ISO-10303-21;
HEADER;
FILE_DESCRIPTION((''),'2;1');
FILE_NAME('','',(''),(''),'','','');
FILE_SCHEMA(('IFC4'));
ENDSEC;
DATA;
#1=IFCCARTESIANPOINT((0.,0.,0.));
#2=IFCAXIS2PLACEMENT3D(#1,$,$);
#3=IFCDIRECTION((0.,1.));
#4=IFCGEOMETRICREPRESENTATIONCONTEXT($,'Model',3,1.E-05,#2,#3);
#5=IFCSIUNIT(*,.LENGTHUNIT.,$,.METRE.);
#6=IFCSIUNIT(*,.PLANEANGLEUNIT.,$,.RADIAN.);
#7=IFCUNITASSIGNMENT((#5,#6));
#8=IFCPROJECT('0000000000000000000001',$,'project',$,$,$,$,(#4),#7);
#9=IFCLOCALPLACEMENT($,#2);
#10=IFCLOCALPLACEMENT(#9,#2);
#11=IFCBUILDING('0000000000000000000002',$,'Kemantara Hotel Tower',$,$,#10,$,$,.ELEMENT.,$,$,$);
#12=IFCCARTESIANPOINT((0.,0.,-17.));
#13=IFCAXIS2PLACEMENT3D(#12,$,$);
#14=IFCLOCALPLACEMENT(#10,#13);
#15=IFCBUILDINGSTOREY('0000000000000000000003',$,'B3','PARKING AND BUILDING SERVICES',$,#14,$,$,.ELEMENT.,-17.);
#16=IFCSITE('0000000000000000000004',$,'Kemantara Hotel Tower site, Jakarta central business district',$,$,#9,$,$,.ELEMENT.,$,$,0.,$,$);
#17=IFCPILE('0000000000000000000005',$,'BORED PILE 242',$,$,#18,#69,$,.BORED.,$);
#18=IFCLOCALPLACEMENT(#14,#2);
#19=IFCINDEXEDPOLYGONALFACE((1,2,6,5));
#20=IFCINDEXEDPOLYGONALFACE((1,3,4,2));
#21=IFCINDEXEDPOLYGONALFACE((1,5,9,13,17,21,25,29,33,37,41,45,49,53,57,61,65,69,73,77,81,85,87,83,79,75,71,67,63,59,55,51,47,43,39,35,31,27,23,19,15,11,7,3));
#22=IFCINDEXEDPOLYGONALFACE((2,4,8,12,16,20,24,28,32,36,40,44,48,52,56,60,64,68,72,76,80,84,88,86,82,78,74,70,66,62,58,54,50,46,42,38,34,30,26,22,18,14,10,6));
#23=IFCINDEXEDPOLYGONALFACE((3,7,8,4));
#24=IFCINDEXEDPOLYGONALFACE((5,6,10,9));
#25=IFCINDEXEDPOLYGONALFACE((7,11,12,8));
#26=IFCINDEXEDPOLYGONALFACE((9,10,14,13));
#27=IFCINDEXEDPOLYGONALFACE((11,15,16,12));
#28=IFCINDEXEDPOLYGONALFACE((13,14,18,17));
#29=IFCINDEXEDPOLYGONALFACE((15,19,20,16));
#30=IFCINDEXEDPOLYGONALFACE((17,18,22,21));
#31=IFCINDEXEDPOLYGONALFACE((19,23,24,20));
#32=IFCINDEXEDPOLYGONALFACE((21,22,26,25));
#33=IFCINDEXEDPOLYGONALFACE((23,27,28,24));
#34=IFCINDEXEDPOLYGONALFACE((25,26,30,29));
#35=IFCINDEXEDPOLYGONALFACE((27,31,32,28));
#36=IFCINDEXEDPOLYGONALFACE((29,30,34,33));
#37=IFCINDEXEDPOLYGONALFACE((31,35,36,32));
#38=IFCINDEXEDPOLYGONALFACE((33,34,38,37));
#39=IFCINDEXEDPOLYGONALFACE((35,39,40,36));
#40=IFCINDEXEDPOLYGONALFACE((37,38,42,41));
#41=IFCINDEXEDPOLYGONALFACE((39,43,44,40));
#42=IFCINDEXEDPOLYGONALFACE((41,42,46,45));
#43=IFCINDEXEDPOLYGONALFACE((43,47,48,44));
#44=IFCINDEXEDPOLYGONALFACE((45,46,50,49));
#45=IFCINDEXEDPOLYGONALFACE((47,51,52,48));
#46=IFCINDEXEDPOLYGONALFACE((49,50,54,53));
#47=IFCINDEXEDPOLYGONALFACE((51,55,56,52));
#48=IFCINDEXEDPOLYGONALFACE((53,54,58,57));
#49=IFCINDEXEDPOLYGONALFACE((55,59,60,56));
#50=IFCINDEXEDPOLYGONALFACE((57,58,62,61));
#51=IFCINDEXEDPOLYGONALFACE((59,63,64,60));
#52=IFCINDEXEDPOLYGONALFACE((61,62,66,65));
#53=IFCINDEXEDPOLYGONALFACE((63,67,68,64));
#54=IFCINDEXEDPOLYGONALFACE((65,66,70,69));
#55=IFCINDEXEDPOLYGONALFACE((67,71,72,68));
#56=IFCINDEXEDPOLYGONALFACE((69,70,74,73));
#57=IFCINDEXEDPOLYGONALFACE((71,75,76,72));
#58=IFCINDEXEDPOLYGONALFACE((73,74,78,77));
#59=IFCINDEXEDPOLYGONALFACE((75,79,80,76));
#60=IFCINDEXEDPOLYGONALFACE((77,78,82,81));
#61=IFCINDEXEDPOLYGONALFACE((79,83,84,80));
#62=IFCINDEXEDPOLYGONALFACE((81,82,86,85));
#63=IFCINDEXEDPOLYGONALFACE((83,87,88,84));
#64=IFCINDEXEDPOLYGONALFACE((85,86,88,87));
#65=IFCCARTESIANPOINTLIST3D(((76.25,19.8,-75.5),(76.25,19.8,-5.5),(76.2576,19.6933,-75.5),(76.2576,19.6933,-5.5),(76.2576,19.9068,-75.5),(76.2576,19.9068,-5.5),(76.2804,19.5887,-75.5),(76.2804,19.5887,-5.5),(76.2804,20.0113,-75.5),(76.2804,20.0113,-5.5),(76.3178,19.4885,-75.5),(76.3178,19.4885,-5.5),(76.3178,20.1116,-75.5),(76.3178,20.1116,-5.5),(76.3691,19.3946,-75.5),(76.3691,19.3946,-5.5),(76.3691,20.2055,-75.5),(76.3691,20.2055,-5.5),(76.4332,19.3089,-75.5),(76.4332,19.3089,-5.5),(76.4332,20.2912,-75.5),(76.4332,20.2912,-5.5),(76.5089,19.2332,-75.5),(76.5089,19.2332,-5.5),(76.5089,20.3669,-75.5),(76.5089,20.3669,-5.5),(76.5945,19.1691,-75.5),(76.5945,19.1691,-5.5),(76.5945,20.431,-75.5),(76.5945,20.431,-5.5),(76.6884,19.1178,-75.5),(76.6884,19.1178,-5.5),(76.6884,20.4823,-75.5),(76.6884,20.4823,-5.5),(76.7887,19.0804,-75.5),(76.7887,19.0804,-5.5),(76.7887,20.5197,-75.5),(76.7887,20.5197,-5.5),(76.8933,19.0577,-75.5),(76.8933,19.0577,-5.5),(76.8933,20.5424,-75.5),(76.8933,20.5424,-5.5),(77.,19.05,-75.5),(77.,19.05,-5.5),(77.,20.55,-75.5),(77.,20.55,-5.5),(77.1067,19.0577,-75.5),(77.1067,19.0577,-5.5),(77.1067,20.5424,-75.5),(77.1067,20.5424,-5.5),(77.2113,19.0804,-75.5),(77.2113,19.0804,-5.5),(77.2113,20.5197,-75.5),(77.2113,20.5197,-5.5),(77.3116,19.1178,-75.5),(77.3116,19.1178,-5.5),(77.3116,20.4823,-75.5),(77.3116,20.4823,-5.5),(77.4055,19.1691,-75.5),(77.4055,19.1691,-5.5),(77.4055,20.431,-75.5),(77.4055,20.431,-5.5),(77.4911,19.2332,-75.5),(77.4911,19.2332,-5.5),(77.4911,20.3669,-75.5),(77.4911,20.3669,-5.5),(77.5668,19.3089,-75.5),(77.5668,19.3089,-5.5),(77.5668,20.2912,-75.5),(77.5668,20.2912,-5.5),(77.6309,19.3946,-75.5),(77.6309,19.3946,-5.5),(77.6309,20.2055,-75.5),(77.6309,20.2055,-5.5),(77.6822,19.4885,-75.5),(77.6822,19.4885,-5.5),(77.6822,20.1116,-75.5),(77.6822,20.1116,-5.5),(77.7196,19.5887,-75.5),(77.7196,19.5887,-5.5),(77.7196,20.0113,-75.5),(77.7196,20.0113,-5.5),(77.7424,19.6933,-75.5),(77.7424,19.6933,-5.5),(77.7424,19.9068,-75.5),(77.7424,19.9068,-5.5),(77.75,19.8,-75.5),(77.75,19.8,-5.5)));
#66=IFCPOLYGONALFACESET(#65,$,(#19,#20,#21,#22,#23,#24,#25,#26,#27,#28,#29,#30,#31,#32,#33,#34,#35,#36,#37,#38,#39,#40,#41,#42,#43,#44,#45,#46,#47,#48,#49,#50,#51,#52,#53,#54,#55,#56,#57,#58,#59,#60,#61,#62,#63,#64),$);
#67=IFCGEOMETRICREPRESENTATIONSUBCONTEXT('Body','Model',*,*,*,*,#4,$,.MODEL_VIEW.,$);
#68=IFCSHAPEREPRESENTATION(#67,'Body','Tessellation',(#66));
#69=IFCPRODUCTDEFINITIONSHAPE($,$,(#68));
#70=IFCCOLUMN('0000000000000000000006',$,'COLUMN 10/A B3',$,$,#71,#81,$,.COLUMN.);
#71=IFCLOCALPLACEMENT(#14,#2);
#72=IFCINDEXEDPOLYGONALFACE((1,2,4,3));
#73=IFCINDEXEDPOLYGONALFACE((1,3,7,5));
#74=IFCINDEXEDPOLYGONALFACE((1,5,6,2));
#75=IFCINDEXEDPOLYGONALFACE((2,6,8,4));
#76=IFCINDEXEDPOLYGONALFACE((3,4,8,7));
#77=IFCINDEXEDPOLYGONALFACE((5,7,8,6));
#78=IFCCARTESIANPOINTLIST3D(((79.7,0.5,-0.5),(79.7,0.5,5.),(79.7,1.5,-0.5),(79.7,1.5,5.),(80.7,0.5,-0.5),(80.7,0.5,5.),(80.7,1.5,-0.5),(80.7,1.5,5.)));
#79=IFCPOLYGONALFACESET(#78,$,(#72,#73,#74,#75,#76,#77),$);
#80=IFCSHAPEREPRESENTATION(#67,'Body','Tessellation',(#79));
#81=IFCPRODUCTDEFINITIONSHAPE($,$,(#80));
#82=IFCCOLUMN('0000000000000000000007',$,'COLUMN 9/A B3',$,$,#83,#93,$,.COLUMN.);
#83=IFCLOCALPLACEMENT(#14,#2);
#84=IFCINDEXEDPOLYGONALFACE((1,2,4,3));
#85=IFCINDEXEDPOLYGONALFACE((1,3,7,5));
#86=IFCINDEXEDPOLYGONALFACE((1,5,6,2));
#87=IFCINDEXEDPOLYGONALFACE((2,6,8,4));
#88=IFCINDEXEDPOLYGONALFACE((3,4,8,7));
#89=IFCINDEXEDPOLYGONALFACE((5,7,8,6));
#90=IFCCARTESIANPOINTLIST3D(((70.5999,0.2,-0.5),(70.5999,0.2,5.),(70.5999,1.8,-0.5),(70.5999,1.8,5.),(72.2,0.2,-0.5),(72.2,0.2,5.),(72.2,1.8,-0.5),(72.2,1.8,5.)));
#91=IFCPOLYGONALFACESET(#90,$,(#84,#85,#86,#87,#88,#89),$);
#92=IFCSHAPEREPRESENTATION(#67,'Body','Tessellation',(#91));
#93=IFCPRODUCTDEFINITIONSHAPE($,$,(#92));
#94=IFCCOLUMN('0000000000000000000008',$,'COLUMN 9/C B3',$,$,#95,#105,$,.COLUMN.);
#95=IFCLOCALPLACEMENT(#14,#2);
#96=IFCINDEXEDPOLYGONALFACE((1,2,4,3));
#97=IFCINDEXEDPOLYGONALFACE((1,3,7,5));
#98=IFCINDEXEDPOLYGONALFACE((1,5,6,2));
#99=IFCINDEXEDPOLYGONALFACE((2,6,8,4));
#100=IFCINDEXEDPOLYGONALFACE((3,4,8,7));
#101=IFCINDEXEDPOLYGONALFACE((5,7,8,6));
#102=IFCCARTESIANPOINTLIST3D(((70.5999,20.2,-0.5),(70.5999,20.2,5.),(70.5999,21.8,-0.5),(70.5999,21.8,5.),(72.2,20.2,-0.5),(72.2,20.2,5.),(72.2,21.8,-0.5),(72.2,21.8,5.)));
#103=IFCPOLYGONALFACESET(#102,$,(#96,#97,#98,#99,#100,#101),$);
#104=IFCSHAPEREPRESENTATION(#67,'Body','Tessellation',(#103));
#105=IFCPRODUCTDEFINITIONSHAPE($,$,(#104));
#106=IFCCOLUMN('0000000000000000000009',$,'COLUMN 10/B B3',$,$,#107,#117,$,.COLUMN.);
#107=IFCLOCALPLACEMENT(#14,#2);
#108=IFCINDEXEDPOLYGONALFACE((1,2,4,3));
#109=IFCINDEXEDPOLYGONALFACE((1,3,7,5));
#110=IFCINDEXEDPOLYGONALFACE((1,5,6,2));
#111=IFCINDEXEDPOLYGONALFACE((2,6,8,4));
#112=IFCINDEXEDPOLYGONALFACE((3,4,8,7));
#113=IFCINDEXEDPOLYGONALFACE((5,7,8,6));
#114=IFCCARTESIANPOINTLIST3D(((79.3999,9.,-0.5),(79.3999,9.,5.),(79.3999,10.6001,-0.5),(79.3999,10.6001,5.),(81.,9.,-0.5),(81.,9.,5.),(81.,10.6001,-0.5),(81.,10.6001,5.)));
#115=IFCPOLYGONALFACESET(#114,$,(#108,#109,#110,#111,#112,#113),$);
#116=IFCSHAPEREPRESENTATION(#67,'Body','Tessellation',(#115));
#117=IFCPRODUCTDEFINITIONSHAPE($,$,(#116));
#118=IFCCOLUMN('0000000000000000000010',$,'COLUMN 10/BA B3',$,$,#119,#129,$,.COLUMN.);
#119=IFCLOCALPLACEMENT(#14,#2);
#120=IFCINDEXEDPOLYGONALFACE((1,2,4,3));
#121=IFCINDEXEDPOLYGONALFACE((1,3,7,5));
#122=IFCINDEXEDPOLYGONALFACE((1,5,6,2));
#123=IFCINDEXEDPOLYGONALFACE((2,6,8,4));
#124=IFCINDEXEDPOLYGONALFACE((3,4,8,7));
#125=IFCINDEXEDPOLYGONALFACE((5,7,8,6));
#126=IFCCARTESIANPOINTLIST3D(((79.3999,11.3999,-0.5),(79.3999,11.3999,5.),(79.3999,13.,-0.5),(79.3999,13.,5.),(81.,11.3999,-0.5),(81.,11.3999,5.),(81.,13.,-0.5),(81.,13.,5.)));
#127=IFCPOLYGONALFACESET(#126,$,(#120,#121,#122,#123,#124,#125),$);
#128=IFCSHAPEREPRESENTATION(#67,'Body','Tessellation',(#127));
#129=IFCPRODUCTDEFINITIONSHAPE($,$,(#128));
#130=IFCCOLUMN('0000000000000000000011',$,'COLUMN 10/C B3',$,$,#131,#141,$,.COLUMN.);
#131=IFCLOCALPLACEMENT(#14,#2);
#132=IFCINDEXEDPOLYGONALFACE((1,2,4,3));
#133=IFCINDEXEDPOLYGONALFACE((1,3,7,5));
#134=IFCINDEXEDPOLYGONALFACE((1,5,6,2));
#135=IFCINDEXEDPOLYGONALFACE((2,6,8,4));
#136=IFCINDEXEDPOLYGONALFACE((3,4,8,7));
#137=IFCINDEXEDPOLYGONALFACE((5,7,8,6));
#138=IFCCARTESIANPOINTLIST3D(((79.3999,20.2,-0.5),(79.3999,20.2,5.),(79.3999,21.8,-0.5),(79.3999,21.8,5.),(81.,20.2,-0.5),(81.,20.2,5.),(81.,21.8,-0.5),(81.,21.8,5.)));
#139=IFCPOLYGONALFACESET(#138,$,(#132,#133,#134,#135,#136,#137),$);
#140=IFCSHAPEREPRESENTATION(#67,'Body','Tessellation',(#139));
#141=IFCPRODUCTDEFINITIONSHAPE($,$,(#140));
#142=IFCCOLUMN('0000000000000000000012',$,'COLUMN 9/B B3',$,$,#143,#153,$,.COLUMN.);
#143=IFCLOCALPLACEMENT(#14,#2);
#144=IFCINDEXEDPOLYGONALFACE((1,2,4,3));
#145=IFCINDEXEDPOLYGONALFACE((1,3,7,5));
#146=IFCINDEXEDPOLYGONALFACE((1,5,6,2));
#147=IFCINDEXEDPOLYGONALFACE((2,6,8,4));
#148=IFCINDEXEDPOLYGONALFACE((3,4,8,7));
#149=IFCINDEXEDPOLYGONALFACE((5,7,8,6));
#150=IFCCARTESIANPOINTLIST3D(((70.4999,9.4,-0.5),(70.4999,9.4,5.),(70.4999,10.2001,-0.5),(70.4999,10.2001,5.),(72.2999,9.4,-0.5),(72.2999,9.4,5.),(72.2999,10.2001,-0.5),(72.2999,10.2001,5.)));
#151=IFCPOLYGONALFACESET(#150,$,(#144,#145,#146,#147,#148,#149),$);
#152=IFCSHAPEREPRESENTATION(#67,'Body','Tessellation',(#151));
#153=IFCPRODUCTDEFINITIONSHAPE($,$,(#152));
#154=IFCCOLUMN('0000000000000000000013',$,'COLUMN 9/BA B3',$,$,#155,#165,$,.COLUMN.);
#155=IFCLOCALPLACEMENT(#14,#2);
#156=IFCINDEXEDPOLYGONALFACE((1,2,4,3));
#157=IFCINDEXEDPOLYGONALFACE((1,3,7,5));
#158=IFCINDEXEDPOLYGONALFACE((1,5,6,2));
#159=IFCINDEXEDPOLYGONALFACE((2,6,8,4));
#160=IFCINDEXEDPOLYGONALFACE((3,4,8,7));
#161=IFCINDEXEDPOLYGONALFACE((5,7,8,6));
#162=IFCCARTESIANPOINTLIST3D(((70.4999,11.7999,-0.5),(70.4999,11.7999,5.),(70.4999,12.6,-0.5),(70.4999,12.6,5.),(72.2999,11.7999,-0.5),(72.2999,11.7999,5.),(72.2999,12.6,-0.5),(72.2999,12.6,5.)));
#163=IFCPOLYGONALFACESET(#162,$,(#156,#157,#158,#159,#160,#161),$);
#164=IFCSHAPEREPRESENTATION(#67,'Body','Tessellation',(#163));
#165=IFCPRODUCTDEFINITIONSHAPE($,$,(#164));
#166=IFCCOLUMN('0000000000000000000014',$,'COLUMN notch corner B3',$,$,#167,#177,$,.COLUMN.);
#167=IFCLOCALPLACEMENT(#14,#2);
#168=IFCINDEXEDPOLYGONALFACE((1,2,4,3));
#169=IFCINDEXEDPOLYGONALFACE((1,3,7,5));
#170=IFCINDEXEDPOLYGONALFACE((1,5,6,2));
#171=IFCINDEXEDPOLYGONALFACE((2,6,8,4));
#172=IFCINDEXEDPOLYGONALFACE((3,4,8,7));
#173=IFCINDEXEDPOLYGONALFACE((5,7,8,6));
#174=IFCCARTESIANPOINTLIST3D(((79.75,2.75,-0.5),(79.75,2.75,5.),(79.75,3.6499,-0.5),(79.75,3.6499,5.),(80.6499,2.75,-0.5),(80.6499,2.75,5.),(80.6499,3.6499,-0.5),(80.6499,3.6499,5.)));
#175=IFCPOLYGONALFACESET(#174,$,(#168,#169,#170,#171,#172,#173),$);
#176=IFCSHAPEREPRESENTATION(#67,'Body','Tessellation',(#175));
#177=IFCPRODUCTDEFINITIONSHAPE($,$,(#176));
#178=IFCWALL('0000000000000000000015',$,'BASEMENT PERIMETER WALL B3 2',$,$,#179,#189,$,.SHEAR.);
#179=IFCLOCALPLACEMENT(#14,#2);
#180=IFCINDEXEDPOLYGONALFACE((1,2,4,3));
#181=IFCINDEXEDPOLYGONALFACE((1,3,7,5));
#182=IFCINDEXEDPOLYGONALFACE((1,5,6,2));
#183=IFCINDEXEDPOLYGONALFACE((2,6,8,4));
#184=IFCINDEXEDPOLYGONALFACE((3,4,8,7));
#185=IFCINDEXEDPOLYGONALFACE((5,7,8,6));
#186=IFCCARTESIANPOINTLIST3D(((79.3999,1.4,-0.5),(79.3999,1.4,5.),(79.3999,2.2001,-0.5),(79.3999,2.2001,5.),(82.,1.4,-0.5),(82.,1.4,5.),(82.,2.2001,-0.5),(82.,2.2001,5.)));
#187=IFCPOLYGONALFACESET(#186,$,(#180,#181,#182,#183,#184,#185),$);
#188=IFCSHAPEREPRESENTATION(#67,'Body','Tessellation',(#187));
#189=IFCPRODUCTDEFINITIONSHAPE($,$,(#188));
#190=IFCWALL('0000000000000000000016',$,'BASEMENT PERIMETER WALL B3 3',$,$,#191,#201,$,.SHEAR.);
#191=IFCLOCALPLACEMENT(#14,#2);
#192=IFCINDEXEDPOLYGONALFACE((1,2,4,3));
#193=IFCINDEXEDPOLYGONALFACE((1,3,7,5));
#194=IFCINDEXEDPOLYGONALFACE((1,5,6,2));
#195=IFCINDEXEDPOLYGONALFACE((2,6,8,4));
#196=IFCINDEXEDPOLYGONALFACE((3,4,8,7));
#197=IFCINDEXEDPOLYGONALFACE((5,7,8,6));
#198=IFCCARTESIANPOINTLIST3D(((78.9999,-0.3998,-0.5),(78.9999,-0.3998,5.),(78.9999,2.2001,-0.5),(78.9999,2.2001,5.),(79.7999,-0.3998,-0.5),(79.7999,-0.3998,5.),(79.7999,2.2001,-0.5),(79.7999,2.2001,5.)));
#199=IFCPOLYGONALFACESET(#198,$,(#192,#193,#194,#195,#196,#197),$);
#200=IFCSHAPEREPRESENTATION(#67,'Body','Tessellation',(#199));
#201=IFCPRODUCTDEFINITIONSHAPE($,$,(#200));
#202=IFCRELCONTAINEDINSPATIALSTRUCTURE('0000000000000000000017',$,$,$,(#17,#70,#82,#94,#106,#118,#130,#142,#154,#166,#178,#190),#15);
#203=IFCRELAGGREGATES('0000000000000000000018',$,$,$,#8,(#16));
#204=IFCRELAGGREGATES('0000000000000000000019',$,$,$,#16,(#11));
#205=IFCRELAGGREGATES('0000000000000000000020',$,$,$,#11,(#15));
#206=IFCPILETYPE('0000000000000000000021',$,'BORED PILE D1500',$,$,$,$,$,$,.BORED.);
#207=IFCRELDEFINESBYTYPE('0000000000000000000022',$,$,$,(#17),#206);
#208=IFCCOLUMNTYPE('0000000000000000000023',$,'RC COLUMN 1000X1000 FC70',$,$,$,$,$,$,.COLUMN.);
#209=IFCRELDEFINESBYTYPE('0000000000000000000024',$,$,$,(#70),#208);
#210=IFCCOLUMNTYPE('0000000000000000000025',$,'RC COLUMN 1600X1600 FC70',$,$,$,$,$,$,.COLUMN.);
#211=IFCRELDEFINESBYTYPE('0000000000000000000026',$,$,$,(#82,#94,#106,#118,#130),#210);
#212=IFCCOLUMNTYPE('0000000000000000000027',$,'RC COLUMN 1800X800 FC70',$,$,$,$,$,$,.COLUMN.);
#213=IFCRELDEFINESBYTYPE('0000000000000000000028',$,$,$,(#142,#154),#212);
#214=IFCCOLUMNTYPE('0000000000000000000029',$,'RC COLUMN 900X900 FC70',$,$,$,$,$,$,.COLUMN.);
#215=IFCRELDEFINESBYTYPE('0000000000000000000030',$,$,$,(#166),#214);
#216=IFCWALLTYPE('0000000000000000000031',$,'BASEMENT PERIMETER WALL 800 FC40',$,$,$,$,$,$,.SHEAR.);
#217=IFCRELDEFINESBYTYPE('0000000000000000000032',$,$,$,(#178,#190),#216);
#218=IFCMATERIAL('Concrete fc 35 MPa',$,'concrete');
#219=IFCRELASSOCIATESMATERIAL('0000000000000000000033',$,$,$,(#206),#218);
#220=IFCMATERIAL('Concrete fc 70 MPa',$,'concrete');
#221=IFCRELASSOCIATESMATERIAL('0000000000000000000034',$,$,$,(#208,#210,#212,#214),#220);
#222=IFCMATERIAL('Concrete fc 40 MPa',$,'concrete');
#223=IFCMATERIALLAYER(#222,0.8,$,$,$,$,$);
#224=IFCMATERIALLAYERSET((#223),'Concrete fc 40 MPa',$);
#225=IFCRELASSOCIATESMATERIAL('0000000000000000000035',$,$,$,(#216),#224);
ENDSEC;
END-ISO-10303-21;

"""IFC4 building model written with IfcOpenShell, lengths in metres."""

from ifc_helpers import new_model, si_unit, direction, frame, frame_2d, origin, origin_2d, place, context, subcontext, project, spatial, rectangle, circle, extrude, material, layer, layer_set, material_profile, profile_set, type_object, element, save


model = new_model("IFC4")

# Units and contexts
model_context = context("Model", 3, precision=1e-05, world=origin(), true_north=direction((0.0, 1.0)))
body_context = subcontext(model_context, "Body", "Model", "MODEL_VIEW")
ifc_project = project(units=[si_unit("LENGTHUNIT", "METRE"), si_unit("PLANEANGLEUNIT", "RADIAN")], contexts=[model_context])

# Site, building, storey
site_placement = place(None, origin())
site = spatial("IfcSite", under=ifc_project, at=site_placement, Name="Kemantara Hotel Tower site, Jakarta central business district", CompositionType="ELEMENT", RefElevation=0.0)
building_placement = place(site_placement, origin())
building = spatial("IfcBuilding", under=site, at=building_placement, Name="Kemantara Hotel Tower", CompositionType="ELEMENT")
storey_placement = place(building_placement, frame((0.0, 0.0, -17.0)))
storey = spatial("IfcBuildingStorey", under=building, at=storey_placement, Name="B3", Description="PARKING AND BUILDING SERVICES", CompositionType="ELEMENT", Elevation=-17.0)

# Pile
ifc_material_1 = material(Name="Concrete fc 35 MPa", Category="concrete")
ifc_material_profile_1 = material_profile(ifc_material_1, circle(Radius=0.75, at=origin_2d()), Name="BORED PILE D1500")
ifc_profile_set_1 = profile_set([ifc_material_profile_1], Name="Concrete fc 35 MPa")
pile_type = type_object("IfcPileType", Name="BORED PILE D1500", PredefinedType="BORED", material=ifc_profile_set_1)
for number, where, z_axis, x_axis, name in (
    (1, (77.0, 19.8, -5.5), (0.0, 0.0, -1.0), (1.0, 0.0, 0.0), "BORED PILE 242"),
):
    element("IfcPile", number, at=place(storey_placement, frame(where, z_axis=z_axis, x_axis=x_axis)), inside=storey, type_object=pile_type, Name=name, PredefinedType="BORED", context=body_context, shape_type="SweptSolid", body=[
        extrude(circle(Radius=0.75, at=origin_2d()), origin(), (0.0, 0.0, 1.0), 70.0),
    ])

# Columns
ifc_material_2 = material(Name="Concrete fc 70 MPa", Category="concrete")
ifc_material_profile_2 = material_profile(ifc_material_2, rectangle(XDim=1.0, YDim=1.0, at=origin_2d()), Name="RC 1000X1000")
ifc_profile_set_2 = profile_set([ifc_material_profile_2], Name="Concrete fc 70 MPa")
column_type_1 = type_object("IfcColumnType", Name="RC COLUMN 1000X1000 FC70", PredefinedType="COLUMN", material=ifc_profile_set_2)
column_1_placement = place(storey_placement, frame((80.2, 1.0, -0.5), z_axis=(0.0, 0.0, 1.0), x_axis=(1.0, 0.0, 0.0)))
element("IfcColumn", 2, at=column_1_placement, inside=storey, type_object=column_type_1, Name="COLUMN 10/A B3", PredefinedType="COLUMN", context=body_context, shape_type="SweptSolid", body=[
    extrude(rectangle(XDim=1.0, YDim=1.0, at=origin_2d()), origin(), (0.0, 0.0, 1.0), 5.5),
])
ifc_material_profile_3 = material_profile(ifc_material_2, rectangle(XDim=1.6001, YDim=1.6001, at=origin_2d()), Name="RC 1600X1600")
ifc_profile_set_3 = profile_set([ifc_material_profile_3], Name="Concrete fc 70 MPa")
column_type_2 = type_object("IfcColumnType", Name="RC COLUMN 1600X1600 FC70", PredefinedType="COLUMN", material=ifc_profile_set_3)
for number, where, z_axis, x_axis, name in (
    (3, (71.3999, 1.0, -0.5), (0.0, 0.0, 1.0), (1.0, 0.0, 0.0), "COLUMN 9/A B3"),
    (4, (71.3999, 21.0, -0.5), (0.0, 0.0, 1.0), (1.0, 0.0, 0.0), "COLUMN 9/C B3"),
    (5, (80.2, 9.8, -0.5), (0.0, 0.0, 1.0), (1.0, 0.0, 0.0), "COLUMN 10/B B3"),
    (6, (80.2, 12.2, -0.5), (0.0, 0.0, 1.0), (1.0, 0.0, 0.0), "COLUMN 10/BA B3"),
    (7, (80.2, 21.0, -0.5), (0.0, 0.0, 1.0), (1.0, 0.0, 0.0), "COLUMN 10/C B3"),
):
    element("IfcColumn", number, at=place(storey_placement, frame(where, z_axis=z_axis, x_axis=x_axis)), inside=storey, type_object=column_type_2, Name=name, PredefinedType="COLUMN", context=body_context, shape_type="SweptSolid", body=[
        extrude(rectangle(XDim=1.6001, YDim=1.6001, at=origin_2d()), origin(), (0.0, 0.0, 1.0), 5.5),
    ])
ifc_material_profile_4 = material_profile(ifc_material_2, rectangle(XDim=1.8, YDim=0.8, at=origin_2d()), Name="RC 1800X800")
ifc_profile_set_4 = profile_set([ifc_material_profile_4], Name="Concrete fc 70 MPa")
column_type_3 = type_object("IfcColumnType", Name="RC COLUMN 1800X800 FC70", PredefinedType="COLUMN", material=ifc_profile_set_4)
for number, where, z_axis, x_axis, name in (
    (8, (71.3999, 9.8, -0.5), (0.0, 0.0, 1.0), (1.0, 0.0, 0.0), "COLUMN 9/B B3"),
    (9, (71.3999, 12.2, -0.5), (0.0, 0.0, 1.0), (1.0, 0.0, 0.0), "COLUMN 9/BA B3"),
):
    element("IfcColumn", number, at=place(storey_placement, frame(where, z_axis=z_axis, x_axis=x_axis)), inside=storey, type_object=column_type_3, Name=name, PredefinedType="COLUMN", context=body_context, shape_type="SweptSolid", body=[
        extrude(rectangle(XDim=1.8, YDim=0.8, at=origin_2d()), origin(), (0.0, 0.0, 1.0), 5.5),
    ])
ifc_material_profile_5 = material_profile(ifc_material_2, rectangle(XDim=0.8999, YDim=0.8999, at=origin_2d()), Name="RC 900X900")
ifc_profile_set_5 = profile_set([ifc_material_profile_5], Name="Concrete fc 70 MPa")
column_type_4 = type_object("IfcColumnType", Name="RC COLUMN 900X900 FC70", PredefinedType="COLUMN", material=ifc_profile_set_5)
column_2_placement = place(storey_placement, frame((80.2, 3.2, -0.5), z_axis=(0.0, 0.0, 1.0), x_axis=(1.0, 0.0, 0.0)))
element("IfcColumn", 10, at=column_2_placement, inside=storey, type_object=column_type_4, Name="COLUMN notch corner B3", PredefinedType="COLUMN", context=body_context, shape_type="SweptSolid", body=[
    extrude(rectangle(XDim=0.8999, YDim=0.8999, at=origin_2d()), origin(), (0.0, 0.0, 1.0), 5.5),
])

# Walls
ifc_material_3 = material(Name="Concrete fc 40 MPa", Category="concrete")
ifc_layer_1 = layer(ifc_material_3, 0.8)
ifc_layer_set_1 = layer_set([ifc_layer_1], Name="Concrete fc 40 MPa")
wall_type_1 = type_object("IfcWallType", Name="BASEMENT PERIMETER WALL 800 FC40", PredefinedType="SHEAR", material=ifc_layer_set_1)
wall_1_placement = place(storey_placement, frame((82.0, 1.8, -0.5), z_axis=(0.0, 0.0, 1.0), x_axis=(-1.0, 0.0, 0.0)))
element("IfcWall", 11, at=wall_1_placement, inside=storey, type_object=wall_type_1, Name="BASEMENT PERIMETER WALL B3 2", PredefinedType="SHEAR", context=body_context, shape_type="SweptSolid", body=[
    extrude(rectangle(XDim=2.6001, YDim=0.8, at=frame_2d((1.3, 0.0))), origin(), (0.0, 0.0, 1.0), 5.5),
])
wall_2_placement = place(storey_placement, frame((79.3999, 2.2, -0.5), z_axis=(0.0, 0.0, 1.0), x_axis=(0.0, -1.0, 0.0)))
element("IfcWall", 12, at=wall_2_placement, inside=storey, type_object=wall_type_1, Name="BASEMENT PERIMETER WALL B3 3", PredefinedType="SHEAR", context=body_context, shape_type="SweptSolid", body=[
    extrude(rectangle(XDim=2.5999, YDim=0.8, at=frame_2d((1.2998, 0.0))), origin(), (0.0, 0.0, 1.0), 5.5),
])

save(model, "model.ifc")
